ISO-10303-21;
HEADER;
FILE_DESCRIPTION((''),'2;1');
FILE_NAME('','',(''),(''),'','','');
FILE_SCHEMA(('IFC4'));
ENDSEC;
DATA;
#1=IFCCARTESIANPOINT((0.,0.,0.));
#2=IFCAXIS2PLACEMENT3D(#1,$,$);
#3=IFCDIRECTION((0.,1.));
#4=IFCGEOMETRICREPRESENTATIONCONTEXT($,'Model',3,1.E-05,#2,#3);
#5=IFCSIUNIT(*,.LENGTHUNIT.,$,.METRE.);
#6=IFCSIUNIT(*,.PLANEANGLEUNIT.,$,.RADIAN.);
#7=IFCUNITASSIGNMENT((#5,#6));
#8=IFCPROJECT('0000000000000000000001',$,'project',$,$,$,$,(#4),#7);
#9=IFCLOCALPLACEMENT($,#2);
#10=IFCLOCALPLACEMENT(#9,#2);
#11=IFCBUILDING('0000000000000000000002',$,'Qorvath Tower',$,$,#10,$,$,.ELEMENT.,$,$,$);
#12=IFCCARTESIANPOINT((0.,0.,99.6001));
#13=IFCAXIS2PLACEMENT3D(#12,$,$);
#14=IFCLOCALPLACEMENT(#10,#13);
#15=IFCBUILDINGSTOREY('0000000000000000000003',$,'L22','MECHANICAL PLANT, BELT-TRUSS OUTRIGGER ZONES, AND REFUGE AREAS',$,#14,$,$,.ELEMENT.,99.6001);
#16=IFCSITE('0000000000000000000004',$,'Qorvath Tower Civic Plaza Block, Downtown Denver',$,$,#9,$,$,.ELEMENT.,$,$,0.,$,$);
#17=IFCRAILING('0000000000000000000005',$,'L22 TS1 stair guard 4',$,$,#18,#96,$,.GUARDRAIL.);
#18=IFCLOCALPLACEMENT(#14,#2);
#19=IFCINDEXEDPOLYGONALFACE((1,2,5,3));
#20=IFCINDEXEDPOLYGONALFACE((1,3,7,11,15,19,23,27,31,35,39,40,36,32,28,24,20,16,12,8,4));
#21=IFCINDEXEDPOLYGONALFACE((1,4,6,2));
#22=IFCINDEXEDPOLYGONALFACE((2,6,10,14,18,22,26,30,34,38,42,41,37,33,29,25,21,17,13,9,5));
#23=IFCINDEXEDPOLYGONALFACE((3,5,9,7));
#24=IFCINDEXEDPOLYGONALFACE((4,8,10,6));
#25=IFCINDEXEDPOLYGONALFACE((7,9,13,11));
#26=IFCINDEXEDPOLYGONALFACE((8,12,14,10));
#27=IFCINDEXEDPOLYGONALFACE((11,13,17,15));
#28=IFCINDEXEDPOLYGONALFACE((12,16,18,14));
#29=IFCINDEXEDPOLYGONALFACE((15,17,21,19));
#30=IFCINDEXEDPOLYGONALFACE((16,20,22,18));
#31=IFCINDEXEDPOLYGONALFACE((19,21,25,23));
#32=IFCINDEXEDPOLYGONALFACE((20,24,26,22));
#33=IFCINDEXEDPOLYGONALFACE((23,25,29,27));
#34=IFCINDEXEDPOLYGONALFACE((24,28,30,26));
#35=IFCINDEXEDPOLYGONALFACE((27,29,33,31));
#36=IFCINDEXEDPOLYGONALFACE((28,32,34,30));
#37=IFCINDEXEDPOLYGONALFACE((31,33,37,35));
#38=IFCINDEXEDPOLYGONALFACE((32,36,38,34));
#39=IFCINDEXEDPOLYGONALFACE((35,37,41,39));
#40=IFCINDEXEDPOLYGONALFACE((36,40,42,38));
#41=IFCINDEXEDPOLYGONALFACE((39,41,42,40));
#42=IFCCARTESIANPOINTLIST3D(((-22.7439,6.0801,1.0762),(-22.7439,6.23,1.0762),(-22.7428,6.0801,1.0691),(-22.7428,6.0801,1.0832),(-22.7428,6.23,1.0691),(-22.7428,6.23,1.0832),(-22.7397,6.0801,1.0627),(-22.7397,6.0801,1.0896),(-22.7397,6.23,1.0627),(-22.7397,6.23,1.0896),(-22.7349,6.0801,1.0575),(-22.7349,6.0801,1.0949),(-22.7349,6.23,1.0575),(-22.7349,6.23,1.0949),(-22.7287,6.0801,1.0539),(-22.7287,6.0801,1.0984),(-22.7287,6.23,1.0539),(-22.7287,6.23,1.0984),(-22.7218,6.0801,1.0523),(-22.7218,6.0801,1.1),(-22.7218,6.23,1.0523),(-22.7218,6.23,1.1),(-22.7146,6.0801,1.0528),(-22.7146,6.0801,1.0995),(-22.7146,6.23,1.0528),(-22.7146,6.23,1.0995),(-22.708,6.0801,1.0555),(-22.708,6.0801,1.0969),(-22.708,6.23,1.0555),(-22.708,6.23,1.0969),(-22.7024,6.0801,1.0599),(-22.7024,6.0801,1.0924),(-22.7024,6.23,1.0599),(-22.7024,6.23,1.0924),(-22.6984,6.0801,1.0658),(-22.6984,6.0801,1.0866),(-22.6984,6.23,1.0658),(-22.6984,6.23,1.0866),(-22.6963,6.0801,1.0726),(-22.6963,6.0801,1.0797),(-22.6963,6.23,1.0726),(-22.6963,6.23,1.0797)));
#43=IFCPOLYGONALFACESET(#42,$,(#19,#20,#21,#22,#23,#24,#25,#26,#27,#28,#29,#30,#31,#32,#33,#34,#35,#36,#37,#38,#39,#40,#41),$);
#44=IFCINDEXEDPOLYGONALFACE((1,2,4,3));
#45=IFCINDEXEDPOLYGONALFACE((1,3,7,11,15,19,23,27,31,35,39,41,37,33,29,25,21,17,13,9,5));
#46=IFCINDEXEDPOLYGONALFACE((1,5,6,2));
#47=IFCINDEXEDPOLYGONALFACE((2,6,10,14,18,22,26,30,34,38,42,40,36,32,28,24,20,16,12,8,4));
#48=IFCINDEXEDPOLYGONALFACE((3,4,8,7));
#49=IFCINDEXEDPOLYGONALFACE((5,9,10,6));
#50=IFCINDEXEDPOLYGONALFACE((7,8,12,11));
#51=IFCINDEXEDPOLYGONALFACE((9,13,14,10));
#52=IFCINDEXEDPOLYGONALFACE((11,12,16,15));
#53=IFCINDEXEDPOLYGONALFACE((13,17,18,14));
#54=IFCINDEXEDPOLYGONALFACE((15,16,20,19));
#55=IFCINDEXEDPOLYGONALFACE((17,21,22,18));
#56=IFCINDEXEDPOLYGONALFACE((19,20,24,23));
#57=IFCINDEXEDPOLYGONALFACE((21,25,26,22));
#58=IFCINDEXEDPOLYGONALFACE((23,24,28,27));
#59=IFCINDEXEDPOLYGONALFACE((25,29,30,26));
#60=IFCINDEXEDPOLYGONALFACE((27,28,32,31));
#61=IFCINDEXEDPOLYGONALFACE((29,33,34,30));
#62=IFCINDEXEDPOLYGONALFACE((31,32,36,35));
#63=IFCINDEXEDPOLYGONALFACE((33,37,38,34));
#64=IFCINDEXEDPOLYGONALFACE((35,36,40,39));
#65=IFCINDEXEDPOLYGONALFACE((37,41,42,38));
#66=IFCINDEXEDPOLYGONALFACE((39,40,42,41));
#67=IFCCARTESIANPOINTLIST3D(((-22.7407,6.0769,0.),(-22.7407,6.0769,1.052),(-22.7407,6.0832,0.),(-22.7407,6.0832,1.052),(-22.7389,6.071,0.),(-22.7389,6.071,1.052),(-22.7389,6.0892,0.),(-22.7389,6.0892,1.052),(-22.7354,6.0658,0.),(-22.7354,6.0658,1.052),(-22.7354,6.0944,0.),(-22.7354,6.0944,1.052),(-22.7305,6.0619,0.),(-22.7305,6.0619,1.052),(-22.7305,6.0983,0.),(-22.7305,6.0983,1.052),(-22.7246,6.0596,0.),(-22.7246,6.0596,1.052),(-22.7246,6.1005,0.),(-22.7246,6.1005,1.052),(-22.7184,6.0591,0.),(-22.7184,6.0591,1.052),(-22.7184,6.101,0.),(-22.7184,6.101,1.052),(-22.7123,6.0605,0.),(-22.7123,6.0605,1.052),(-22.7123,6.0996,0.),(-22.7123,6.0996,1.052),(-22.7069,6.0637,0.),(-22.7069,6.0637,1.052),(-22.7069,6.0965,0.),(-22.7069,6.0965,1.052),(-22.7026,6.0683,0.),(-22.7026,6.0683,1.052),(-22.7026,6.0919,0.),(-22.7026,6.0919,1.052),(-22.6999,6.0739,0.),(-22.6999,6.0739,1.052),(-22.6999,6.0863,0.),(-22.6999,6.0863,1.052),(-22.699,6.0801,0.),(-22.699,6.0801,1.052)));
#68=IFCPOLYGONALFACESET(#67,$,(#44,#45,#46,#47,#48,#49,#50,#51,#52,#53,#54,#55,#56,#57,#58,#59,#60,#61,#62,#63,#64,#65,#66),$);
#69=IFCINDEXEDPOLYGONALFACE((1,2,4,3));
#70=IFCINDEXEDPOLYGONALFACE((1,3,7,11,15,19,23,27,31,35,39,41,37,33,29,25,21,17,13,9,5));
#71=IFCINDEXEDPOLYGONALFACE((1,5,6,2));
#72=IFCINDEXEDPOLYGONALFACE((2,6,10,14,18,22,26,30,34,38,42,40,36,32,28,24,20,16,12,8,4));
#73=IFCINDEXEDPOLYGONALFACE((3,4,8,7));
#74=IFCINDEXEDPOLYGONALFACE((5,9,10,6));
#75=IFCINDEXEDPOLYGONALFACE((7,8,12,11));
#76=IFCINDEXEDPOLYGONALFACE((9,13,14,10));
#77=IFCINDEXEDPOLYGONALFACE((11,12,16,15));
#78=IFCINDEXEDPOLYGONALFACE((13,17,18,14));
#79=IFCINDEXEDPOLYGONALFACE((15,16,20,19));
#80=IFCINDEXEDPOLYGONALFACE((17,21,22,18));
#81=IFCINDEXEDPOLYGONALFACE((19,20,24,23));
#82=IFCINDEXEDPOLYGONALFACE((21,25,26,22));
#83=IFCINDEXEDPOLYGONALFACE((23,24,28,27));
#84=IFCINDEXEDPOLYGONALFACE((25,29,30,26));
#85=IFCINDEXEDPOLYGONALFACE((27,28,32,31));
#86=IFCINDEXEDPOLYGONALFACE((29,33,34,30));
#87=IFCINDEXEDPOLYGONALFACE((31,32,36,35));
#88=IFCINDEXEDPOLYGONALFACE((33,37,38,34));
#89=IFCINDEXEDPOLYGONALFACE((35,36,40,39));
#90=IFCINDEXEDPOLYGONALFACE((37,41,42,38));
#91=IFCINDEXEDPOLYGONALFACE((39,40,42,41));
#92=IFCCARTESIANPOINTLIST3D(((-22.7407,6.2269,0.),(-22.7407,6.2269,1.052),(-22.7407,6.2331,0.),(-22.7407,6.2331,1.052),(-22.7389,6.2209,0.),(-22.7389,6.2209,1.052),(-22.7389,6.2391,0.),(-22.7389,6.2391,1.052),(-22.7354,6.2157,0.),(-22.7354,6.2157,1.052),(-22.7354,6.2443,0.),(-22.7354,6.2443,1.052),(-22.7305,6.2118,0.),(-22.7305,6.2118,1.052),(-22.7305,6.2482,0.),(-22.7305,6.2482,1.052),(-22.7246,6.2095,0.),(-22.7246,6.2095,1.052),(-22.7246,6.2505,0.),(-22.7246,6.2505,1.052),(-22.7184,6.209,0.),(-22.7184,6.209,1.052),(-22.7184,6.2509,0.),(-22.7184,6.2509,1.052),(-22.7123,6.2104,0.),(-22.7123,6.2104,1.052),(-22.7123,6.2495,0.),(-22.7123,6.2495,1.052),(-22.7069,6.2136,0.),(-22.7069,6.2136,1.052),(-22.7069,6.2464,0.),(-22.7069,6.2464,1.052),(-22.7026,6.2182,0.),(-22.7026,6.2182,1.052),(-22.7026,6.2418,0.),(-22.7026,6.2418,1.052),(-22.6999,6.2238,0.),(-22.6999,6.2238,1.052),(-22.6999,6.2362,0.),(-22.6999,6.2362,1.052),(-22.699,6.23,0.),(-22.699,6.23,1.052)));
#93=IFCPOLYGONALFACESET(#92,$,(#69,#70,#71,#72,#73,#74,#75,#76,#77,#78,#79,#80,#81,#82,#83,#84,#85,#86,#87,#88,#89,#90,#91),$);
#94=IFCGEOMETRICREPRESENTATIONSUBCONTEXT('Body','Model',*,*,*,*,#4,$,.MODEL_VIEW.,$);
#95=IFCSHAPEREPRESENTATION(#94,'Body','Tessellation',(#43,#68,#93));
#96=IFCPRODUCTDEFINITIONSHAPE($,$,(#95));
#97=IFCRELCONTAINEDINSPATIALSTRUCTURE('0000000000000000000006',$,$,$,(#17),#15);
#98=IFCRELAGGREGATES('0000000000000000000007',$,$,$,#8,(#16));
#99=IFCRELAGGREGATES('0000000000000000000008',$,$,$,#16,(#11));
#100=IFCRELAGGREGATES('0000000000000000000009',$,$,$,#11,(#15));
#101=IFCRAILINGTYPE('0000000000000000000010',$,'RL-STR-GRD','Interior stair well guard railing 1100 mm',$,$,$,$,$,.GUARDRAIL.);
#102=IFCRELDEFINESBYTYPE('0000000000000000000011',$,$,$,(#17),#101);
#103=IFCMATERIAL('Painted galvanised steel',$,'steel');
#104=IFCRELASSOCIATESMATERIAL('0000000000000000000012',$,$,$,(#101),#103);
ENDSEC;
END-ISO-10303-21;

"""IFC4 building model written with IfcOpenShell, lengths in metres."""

from ifc_helpers import new_model, si_unit, direction, frame, origin, origin_2d, place, context, subcontext, project, spatial, circle, extrude, material, type_object, element, save


model = new_model("IFC4")

# Units and contexts
model_context = context("Model", 3, precision=1e-05, world=origin(), true_north=direction((0.0, 1.0)))
body_context = subcontext(model_context, "Body", "Model", "MODEL_VIEW")
ifc_project = project(units=[si_unit("LENGTHUNIT", "METRE"), si_unit("PLANEANGLEUNIT", "RADIAN")], contexts=[model_context])

# Site, building, storey
site_placement = place(None, origin())
site = spatial("IfcSite", under=ifc_project, at=site_placement, Name="Qorvath Tower Civic Plaza Block, Downtown Denver", CompositionType="ELEMENT", RefElevation=0.0)
building_placement = place(site_placement, origin())
building = spatial("IfcBuilding", under=site, at=building_placement, Name="Qorvath Tower", CompositionType="ELEMENT")
storey_placement = place(building_placement, frame((0.0, 0.0, 99.6001)))
storey = spatial("IfcBuildingStorey", under=building, at=storey_placement, Name="L22", Description="MECHANICAL PLANT, BELT-TRUSS OUTRIGGER ZONES, AND REFUGE AREAS", CompositionType="ELEMENT", Elevation=99.6001)

# Railing
ifc_material_1 = material(Name="Painted galvanised steel", Category="steel")
railing_type_1 = type_object("IfcRailingType", Name="RL-STR-GRD", Description="Interior stair well guard railing 1100 mm", PredefinedType="GUARDRAIL", material=ifc_material_1)
railing_1_placement = place(storey_placement, frame((-22.72, 6.0801, 0.0)))
element("IfcRailing", 1, at=railing_1_placement, inside=storey, type_object=railing_type_1, Name="L22 TS1 stair guard 4", PredefinedType="GUARDRAIL", context=body_context, shape_type="SweptSolid", body=[
    extrude(circle(Radius=0.0239, at=origin_2d()), frame((0.0, 0.0, 1.0762), z_axis=(0.0, 1.0, 0.0), x_axis=(-1.0, 0.0, 0.0)), (0.0, 0.0, 1.0), 0.1499),
    extrude(circle(Radius=0.021, at=origin_2d()), origin(), (0.0, 0.0, 1.0), 1.052),
    extrude(circle(Radius=0.021, at=origin_2d()), frame((0.0, 0.1499, 0.0)), (0.0, 0.0, 1.0), 1.052),
])

save(model, "model.ifc")
